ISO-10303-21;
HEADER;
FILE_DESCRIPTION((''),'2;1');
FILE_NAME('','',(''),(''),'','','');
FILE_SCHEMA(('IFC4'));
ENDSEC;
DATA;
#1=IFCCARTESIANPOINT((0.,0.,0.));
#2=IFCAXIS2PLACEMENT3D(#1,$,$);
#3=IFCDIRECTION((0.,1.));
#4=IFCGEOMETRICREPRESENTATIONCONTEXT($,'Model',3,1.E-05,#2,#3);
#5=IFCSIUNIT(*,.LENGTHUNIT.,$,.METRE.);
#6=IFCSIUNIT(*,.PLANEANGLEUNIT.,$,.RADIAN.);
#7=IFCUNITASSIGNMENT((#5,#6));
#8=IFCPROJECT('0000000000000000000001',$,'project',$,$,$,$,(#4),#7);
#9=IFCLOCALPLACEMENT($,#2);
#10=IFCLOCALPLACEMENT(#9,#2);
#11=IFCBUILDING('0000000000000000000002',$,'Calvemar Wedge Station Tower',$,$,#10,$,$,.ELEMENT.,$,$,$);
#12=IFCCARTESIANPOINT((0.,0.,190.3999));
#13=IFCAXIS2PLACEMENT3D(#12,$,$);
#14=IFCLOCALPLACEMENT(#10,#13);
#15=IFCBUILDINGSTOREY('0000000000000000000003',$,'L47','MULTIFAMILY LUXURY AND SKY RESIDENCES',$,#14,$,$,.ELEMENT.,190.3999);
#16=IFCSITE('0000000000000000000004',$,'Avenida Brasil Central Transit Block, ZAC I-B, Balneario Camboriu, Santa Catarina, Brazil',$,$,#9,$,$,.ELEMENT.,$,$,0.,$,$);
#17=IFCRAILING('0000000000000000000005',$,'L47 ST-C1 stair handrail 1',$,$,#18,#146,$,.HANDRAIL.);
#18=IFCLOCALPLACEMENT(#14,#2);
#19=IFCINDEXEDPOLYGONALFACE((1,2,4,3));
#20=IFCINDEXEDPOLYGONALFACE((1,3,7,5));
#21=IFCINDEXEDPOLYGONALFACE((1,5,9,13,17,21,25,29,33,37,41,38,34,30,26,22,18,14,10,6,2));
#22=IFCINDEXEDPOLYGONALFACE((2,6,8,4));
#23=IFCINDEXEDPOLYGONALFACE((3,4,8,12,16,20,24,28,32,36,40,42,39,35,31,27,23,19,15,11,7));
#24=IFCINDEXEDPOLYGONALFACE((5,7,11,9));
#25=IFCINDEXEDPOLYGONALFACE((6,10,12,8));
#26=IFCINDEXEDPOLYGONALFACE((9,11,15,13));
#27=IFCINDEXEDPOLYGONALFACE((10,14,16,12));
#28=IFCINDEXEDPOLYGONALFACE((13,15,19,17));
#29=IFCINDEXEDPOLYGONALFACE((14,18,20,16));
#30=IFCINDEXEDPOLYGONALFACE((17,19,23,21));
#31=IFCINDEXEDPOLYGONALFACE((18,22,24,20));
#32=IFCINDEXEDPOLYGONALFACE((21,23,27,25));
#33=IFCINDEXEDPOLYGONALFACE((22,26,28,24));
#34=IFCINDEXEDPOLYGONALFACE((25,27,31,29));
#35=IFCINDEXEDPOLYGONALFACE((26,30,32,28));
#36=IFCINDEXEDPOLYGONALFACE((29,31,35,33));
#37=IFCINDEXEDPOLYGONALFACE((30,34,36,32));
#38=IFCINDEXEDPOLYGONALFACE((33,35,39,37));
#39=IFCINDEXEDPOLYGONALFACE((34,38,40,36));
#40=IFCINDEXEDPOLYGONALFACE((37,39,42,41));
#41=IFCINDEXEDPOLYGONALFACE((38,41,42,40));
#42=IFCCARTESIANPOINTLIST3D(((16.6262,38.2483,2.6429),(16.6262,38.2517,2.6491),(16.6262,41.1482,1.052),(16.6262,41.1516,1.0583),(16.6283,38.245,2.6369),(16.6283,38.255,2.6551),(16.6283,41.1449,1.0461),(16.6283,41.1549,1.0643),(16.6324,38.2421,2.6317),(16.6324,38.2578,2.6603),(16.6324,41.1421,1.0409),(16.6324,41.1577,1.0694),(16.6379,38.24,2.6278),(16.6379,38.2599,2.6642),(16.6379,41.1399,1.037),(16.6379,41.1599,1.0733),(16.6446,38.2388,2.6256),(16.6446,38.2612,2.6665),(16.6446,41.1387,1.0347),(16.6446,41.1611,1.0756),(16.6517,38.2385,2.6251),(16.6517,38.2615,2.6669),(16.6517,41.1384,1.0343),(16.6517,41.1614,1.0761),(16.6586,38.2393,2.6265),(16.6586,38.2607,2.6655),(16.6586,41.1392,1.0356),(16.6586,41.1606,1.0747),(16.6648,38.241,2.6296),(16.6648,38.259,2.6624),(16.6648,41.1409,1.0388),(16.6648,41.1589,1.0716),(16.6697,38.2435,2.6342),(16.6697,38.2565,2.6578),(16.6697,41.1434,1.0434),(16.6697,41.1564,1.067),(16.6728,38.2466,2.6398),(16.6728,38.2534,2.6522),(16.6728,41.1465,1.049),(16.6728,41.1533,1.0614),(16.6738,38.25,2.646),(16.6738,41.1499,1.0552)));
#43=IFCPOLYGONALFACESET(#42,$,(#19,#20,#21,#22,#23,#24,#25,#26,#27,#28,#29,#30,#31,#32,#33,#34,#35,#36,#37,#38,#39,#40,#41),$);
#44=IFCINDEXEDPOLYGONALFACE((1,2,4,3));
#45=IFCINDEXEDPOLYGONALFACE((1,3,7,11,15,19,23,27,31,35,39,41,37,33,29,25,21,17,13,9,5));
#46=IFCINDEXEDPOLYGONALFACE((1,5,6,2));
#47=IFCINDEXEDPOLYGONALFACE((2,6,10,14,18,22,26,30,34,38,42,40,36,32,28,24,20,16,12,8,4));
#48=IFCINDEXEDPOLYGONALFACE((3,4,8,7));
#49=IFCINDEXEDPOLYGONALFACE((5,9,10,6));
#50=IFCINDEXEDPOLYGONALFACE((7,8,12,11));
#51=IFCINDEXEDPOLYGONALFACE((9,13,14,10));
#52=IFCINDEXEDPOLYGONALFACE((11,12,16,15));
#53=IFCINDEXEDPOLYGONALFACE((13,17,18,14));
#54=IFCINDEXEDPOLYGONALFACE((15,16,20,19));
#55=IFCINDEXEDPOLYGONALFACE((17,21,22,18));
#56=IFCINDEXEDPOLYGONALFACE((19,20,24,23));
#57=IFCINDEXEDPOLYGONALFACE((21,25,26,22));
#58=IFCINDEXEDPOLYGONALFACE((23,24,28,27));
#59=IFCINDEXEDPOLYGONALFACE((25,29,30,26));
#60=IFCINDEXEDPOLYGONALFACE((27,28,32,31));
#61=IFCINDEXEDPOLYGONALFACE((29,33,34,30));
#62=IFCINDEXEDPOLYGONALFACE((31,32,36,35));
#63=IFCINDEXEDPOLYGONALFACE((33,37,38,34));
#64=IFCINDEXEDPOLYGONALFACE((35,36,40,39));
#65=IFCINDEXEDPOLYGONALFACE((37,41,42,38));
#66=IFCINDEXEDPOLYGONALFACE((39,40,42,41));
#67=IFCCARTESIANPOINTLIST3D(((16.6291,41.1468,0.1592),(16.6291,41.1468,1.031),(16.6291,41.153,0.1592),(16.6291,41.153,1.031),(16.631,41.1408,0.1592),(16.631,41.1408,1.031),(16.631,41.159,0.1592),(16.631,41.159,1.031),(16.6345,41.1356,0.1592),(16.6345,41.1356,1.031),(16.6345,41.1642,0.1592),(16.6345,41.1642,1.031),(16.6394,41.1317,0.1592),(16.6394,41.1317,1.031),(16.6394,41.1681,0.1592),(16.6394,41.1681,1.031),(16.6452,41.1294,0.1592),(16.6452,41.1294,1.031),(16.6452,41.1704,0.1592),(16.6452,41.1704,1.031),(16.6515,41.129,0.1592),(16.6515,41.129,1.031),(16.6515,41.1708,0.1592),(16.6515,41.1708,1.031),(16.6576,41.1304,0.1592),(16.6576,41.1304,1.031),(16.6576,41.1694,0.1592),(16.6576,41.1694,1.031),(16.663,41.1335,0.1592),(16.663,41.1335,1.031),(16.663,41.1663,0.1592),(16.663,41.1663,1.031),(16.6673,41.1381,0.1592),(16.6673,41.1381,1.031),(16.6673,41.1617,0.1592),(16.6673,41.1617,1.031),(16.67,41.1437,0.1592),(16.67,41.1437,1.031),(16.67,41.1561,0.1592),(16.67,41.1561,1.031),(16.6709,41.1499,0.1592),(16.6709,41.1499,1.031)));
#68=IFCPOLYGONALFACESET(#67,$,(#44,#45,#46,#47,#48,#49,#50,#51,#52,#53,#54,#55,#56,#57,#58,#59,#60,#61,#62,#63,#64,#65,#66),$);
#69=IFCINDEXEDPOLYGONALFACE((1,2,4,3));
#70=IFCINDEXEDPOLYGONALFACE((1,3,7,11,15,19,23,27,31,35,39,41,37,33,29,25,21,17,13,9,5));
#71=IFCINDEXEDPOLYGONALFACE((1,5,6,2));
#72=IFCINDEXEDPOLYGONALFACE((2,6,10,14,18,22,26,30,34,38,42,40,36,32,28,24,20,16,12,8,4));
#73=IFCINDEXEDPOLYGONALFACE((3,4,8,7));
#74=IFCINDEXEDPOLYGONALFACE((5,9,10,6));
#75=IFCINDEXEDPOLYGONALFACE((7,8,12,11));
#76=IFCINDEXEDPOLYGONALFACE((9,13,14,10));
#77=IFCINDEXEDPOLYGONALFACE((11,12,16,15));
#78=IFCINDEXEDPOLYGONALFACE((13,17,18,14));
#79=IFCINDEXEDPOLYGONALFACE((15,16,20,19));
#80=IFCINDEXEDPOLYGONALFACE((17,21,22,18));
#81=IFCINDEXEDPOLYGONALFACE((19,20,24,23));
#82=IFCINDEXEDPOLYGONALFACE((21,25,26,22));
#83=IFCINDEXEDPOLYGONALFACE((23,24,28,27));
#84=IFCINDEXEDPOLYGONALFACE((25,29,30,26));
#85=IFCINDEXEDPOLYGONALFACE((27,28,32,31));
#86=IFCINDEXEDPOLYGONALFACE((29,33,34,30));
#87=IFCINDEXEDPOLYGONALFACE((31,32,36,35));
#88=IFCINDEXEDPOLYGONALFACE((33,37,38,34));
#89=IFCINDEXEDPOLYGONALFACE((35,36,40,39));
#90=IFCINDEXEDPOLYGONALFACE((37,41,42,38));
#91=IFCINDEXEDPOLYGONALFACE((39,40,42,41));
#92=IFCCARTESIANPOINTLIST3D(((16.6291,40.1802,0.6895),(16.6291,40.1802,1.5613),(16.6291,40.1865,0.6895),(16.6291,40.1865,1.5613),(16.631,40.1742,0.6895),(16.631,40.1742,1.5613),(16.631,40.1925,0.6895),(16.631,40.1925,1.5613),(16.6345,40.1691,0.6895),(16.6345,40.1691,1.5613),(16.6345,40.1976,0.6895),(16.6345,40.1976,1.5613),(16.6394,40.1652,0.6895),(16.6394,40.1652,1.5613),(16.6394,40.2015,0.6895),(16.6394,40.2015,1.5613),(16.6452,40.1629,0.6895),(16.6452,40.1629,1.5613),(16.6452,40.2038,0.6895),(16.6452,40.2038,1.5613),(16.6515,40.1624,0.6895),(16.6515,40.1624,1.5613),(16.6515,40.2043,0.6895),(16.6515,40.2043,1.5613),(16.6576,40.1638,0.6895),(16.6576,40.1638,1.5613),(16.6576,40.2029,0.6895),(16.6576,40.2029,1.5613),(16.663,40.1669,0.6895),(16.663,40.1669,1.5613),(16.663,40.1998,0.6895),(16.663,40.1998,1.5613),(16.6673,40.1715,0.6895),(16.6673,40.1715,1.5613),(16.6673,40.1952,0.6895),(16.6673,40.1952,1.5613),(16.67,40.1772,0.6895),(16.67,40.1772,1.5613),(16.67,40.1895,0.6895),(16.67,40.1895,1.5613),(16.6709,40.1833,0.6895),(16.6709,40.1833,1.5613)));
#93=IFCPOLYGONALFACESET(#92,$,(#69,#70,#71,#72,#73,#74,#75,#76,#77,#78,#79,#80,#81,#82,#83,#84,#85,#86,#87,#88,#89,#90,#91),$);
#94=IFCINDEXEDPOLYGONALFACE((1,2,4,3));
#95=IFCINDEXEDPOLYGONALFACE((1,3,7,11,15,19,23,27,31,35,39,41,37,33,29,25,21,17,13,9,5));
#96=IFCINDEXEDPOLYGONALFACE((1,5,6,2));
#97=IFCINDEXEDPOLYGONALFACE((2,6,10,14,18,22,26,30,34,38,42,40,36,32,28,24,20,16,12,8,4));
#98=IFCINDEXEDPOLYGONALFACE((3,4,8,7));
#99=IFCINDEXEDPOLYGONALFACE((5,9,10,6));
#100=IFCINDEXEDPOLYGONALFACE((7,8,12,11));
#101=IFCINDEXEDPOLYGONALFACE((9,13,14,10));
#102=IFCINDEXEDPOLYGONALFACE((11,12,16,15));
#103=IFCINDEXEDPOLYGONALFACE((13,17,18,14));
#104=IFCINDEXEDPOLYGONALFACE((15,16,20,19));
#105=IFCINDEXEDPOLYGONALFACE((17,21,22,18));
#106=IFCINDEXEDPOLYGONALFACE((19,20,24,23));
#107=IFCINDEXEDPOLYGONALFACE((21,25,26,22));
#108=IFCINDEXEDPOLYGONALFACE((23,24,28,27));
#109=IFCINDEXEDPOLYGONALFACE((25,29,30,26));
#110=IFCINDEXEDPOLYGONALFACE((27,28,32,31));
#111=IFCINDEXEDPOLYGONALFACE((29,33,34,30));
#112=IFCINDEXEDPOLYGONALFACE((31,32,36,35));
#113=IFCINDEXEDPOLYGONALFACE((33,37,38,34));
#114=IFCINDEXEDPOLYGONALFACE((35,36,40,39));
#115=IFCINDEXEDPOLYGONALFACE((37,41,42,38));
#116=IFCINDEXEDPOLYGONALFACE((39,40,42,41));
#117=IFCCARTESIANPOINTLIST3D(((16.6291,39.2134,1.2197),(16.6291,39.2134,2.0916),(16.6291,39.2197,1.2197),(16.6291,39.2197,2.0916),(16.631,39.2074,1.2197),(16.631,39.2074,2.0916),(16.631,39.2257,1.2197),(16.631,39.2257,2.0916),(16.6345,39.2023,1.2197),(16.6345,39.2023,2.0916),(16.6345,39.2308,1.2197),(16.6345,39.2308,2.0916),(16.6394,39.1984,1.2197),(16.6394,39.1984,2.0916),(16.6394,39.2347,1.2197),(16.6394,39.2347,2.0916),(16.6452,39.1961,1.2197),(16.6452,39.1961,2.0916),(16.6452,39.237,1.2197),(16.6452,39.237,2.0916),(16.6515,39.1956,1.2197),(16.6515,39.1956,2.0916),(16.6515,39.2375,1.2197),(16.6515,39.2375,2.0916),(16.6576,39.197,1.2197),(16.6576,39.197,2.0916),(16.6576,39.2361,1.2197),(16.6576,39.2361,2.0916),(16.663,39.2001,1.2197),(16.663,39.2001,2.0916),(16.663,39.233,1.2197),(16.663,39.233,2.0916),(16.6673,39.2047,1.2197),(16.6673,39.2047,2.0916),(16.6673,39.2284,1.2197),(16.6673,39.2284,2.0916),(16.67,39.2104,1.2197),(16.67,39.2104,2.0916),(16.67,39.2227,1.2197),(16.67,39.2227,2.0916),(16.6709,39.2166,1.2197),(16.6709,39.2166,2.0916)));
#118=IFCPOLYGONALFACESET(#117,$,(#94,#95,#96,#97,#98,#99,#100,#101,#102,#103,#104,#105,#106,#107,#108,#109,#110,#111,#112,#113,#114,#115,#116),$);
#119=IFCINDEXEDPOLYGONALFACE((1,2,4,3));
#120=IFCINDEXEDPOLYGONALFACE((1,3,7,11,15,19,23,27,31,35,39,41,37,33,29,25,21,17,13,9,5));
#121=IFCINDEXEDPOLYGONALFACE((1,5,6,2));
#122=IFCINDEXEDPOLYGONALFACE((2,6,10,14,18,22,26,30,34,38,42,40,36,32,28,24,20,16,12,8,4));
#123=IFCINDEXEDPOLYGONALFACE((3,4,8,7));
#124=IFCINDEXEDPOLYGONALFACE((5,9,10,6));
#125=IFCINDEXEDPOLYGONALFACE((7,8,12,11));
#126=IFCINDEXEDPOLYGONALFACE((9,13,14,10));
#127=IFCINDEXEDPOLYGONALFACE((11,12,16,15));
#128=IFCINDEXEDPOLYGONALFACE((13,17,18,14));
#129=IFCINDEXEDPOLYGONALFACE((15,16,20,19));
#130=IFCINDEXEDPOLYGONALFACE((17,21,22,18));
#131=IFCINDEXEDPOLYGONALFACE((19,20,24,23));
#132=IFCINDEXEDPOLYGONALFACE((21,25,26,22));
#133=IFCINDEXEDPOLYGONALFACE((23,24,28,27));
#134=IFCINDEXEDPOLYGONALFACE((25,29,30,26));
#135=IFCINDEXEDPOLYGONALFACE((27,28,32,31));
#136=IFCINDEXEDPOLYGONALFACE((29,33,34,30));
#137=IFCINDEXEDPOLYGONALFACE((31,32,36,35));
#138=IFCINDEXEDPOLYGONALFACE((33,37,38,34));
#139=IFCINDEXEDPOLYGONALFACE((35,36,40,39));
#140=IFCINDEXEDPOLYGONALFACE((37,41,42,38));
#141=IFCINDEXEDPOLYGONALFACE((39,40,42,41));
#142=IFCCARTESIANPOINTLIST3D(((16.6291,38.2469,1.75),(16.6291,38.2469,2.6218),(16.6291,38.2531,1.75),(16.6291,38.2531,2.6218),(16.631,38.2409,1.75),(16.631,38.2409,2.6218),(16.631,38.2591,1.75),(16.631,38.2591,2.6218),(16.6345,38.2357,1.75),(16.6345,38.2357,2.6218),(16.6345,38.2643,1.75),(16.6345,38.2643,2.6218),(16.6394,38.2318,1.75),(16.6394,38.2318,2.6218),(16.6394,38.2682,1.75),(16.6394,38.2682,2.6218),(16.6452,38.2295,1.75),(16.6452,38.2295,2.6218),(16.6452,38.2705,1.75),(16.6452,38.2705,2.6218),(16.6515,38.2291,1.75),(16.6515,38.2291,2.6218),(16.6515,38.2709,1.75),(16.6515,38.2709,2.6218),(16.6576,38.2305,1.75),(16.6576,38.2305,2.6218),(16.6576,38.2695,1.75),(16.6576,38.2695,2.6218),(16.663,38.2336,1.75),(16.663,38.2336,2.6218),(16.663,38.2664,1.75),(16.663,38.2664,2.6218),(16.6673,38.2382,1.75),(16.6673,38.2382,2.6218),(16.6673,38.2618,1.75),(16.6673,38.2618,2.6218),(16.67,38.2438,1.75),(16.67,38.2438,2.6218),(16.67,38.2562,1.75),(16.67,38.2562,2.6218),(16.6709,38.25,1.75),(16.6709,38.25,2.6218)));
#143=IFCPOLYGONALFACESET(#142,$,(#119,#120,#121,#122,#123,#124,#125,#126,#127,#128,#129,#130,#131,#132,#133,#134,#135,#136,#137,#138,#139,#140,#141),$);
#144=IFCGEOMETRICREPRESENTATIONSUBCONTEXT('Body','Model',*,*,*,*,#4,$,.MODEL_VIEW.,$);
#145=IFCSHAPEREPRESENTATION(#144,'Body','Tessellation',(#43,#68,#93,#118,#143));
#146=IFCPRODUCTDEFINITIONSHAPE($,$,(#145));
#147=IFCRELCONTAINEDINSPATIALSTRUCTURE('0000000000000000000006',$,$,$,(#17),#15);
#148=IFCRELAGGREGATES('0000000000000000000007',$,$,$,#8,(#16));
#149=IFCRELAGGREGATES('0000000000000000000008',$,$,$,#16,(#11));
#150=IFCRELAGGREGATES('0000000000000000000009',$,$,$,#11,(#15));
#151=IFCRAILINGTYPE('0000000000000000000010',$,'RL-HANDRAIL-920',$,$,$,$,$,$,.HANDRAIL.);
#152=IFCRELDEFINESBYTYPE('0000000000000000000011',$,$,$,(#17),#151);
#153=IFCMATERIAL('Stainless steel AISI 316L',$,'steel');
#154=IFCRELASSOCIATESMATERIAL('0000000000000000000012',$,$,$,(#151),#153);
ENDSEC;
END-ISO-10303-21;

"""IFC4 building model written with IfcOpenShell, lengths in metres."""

from ifc_helpers import new_model, si_unit, direction, frame, origin, origin_2d, place, context, subcontext, project, spatial, circle, extrude, material, type_object, element, save


model = new_model("IFC4")

# Units and contexts
model_context = context("Model", 3, precision=1e-05, world=origin(), true_north=direction((0.0, 1.0)))
body_context = subcontext(model_context, "Body", "Model", "MODEL_VIEW")
ifc_project = project(units=[si_unit("LENGTHUNIT", "METRE"), si_unit("PLANEANGLEUNIT", "RADIAN")], contexts=[model_context])

# Site, building, storey
site_placement = place(None, origin())
site = spatial("IfcSite", under=ifc_project, at=site_placement, Name="Avenida Brasil Central Transit Block, ZAC I-B, Balneario Camboriu, Santa Catarina, Brazil", CompositionType="ELEMENT", RefElevation=0.0)
building_placement = place(site_placement, origin())
building = spatial("IfcBuilding", under=site, at=building_placement, Name="Calvemar Wedge Station Tower", CompositionType="ELEMENT")
storey_placement = place(building_placement, frame((0.0, 0.0, 190.3999)))
storey = spatial("IfcBuildingStorey", under=building, at=storey_placement, Name="L47", Description="MULTIFAMILY LUXURY AND SKY RESIDENCES", CompositionType="ELEMENT", Elevation=190.3999)

# Railing
ifc_material_1 = material(Name="Stainless steel AISI 316L", Category="steel")
railing_type_1 = type_object("IfcRailingType", Name="RL-HANDRAIL-920", PredefinedType="HANDRAIL", material=ifc_material_1)
railing_1_placement = place(storey_placement, frame((16.6499, 41.1499, 0.1592)))
element("IfcRailing", 1, at=railing_1_placement, inside=storey, type_object=railing_type_1, Name="L47 ST-C1 stair handrail 1", PredefinedType="HANDRAIL", context=body_context, shape_type="SweptSolid", body=[
    extrude(circle(Radius=0.0239, at=origin_2d()), frame((0.0, 0.0, 0.896), z_axis=(0.0, -0.876742, 0.480961), x_axis=(1.0, 0.0, 0.0)), (0.0, 0.0, 1.0), 3.3076),
    extrude(circle(Radius=0.021, at=origin_2d()), origin(), (0.0, 0.0, 1.0), 0.8718),
    extrude(circle(Radius=0.021, at=origin_2d()), frame((0.0, -0.9666, 0.5303)), (0.0, 0.0, 1.0), 0.8718),
    extrude(circle(Radius=0.021, at=origin_2d()), frame((0.0, -1.9333, 1.0605)), (0.0, 0.0, 1.0), 0.8718),
    extrude(circle(Radius=0.021, at=origin_2d()), frame((0.0, -2.8999, 1.5908)), (0.0, 0.0, 1.0), 0.8718),
])

save(model, "model.ifc")
